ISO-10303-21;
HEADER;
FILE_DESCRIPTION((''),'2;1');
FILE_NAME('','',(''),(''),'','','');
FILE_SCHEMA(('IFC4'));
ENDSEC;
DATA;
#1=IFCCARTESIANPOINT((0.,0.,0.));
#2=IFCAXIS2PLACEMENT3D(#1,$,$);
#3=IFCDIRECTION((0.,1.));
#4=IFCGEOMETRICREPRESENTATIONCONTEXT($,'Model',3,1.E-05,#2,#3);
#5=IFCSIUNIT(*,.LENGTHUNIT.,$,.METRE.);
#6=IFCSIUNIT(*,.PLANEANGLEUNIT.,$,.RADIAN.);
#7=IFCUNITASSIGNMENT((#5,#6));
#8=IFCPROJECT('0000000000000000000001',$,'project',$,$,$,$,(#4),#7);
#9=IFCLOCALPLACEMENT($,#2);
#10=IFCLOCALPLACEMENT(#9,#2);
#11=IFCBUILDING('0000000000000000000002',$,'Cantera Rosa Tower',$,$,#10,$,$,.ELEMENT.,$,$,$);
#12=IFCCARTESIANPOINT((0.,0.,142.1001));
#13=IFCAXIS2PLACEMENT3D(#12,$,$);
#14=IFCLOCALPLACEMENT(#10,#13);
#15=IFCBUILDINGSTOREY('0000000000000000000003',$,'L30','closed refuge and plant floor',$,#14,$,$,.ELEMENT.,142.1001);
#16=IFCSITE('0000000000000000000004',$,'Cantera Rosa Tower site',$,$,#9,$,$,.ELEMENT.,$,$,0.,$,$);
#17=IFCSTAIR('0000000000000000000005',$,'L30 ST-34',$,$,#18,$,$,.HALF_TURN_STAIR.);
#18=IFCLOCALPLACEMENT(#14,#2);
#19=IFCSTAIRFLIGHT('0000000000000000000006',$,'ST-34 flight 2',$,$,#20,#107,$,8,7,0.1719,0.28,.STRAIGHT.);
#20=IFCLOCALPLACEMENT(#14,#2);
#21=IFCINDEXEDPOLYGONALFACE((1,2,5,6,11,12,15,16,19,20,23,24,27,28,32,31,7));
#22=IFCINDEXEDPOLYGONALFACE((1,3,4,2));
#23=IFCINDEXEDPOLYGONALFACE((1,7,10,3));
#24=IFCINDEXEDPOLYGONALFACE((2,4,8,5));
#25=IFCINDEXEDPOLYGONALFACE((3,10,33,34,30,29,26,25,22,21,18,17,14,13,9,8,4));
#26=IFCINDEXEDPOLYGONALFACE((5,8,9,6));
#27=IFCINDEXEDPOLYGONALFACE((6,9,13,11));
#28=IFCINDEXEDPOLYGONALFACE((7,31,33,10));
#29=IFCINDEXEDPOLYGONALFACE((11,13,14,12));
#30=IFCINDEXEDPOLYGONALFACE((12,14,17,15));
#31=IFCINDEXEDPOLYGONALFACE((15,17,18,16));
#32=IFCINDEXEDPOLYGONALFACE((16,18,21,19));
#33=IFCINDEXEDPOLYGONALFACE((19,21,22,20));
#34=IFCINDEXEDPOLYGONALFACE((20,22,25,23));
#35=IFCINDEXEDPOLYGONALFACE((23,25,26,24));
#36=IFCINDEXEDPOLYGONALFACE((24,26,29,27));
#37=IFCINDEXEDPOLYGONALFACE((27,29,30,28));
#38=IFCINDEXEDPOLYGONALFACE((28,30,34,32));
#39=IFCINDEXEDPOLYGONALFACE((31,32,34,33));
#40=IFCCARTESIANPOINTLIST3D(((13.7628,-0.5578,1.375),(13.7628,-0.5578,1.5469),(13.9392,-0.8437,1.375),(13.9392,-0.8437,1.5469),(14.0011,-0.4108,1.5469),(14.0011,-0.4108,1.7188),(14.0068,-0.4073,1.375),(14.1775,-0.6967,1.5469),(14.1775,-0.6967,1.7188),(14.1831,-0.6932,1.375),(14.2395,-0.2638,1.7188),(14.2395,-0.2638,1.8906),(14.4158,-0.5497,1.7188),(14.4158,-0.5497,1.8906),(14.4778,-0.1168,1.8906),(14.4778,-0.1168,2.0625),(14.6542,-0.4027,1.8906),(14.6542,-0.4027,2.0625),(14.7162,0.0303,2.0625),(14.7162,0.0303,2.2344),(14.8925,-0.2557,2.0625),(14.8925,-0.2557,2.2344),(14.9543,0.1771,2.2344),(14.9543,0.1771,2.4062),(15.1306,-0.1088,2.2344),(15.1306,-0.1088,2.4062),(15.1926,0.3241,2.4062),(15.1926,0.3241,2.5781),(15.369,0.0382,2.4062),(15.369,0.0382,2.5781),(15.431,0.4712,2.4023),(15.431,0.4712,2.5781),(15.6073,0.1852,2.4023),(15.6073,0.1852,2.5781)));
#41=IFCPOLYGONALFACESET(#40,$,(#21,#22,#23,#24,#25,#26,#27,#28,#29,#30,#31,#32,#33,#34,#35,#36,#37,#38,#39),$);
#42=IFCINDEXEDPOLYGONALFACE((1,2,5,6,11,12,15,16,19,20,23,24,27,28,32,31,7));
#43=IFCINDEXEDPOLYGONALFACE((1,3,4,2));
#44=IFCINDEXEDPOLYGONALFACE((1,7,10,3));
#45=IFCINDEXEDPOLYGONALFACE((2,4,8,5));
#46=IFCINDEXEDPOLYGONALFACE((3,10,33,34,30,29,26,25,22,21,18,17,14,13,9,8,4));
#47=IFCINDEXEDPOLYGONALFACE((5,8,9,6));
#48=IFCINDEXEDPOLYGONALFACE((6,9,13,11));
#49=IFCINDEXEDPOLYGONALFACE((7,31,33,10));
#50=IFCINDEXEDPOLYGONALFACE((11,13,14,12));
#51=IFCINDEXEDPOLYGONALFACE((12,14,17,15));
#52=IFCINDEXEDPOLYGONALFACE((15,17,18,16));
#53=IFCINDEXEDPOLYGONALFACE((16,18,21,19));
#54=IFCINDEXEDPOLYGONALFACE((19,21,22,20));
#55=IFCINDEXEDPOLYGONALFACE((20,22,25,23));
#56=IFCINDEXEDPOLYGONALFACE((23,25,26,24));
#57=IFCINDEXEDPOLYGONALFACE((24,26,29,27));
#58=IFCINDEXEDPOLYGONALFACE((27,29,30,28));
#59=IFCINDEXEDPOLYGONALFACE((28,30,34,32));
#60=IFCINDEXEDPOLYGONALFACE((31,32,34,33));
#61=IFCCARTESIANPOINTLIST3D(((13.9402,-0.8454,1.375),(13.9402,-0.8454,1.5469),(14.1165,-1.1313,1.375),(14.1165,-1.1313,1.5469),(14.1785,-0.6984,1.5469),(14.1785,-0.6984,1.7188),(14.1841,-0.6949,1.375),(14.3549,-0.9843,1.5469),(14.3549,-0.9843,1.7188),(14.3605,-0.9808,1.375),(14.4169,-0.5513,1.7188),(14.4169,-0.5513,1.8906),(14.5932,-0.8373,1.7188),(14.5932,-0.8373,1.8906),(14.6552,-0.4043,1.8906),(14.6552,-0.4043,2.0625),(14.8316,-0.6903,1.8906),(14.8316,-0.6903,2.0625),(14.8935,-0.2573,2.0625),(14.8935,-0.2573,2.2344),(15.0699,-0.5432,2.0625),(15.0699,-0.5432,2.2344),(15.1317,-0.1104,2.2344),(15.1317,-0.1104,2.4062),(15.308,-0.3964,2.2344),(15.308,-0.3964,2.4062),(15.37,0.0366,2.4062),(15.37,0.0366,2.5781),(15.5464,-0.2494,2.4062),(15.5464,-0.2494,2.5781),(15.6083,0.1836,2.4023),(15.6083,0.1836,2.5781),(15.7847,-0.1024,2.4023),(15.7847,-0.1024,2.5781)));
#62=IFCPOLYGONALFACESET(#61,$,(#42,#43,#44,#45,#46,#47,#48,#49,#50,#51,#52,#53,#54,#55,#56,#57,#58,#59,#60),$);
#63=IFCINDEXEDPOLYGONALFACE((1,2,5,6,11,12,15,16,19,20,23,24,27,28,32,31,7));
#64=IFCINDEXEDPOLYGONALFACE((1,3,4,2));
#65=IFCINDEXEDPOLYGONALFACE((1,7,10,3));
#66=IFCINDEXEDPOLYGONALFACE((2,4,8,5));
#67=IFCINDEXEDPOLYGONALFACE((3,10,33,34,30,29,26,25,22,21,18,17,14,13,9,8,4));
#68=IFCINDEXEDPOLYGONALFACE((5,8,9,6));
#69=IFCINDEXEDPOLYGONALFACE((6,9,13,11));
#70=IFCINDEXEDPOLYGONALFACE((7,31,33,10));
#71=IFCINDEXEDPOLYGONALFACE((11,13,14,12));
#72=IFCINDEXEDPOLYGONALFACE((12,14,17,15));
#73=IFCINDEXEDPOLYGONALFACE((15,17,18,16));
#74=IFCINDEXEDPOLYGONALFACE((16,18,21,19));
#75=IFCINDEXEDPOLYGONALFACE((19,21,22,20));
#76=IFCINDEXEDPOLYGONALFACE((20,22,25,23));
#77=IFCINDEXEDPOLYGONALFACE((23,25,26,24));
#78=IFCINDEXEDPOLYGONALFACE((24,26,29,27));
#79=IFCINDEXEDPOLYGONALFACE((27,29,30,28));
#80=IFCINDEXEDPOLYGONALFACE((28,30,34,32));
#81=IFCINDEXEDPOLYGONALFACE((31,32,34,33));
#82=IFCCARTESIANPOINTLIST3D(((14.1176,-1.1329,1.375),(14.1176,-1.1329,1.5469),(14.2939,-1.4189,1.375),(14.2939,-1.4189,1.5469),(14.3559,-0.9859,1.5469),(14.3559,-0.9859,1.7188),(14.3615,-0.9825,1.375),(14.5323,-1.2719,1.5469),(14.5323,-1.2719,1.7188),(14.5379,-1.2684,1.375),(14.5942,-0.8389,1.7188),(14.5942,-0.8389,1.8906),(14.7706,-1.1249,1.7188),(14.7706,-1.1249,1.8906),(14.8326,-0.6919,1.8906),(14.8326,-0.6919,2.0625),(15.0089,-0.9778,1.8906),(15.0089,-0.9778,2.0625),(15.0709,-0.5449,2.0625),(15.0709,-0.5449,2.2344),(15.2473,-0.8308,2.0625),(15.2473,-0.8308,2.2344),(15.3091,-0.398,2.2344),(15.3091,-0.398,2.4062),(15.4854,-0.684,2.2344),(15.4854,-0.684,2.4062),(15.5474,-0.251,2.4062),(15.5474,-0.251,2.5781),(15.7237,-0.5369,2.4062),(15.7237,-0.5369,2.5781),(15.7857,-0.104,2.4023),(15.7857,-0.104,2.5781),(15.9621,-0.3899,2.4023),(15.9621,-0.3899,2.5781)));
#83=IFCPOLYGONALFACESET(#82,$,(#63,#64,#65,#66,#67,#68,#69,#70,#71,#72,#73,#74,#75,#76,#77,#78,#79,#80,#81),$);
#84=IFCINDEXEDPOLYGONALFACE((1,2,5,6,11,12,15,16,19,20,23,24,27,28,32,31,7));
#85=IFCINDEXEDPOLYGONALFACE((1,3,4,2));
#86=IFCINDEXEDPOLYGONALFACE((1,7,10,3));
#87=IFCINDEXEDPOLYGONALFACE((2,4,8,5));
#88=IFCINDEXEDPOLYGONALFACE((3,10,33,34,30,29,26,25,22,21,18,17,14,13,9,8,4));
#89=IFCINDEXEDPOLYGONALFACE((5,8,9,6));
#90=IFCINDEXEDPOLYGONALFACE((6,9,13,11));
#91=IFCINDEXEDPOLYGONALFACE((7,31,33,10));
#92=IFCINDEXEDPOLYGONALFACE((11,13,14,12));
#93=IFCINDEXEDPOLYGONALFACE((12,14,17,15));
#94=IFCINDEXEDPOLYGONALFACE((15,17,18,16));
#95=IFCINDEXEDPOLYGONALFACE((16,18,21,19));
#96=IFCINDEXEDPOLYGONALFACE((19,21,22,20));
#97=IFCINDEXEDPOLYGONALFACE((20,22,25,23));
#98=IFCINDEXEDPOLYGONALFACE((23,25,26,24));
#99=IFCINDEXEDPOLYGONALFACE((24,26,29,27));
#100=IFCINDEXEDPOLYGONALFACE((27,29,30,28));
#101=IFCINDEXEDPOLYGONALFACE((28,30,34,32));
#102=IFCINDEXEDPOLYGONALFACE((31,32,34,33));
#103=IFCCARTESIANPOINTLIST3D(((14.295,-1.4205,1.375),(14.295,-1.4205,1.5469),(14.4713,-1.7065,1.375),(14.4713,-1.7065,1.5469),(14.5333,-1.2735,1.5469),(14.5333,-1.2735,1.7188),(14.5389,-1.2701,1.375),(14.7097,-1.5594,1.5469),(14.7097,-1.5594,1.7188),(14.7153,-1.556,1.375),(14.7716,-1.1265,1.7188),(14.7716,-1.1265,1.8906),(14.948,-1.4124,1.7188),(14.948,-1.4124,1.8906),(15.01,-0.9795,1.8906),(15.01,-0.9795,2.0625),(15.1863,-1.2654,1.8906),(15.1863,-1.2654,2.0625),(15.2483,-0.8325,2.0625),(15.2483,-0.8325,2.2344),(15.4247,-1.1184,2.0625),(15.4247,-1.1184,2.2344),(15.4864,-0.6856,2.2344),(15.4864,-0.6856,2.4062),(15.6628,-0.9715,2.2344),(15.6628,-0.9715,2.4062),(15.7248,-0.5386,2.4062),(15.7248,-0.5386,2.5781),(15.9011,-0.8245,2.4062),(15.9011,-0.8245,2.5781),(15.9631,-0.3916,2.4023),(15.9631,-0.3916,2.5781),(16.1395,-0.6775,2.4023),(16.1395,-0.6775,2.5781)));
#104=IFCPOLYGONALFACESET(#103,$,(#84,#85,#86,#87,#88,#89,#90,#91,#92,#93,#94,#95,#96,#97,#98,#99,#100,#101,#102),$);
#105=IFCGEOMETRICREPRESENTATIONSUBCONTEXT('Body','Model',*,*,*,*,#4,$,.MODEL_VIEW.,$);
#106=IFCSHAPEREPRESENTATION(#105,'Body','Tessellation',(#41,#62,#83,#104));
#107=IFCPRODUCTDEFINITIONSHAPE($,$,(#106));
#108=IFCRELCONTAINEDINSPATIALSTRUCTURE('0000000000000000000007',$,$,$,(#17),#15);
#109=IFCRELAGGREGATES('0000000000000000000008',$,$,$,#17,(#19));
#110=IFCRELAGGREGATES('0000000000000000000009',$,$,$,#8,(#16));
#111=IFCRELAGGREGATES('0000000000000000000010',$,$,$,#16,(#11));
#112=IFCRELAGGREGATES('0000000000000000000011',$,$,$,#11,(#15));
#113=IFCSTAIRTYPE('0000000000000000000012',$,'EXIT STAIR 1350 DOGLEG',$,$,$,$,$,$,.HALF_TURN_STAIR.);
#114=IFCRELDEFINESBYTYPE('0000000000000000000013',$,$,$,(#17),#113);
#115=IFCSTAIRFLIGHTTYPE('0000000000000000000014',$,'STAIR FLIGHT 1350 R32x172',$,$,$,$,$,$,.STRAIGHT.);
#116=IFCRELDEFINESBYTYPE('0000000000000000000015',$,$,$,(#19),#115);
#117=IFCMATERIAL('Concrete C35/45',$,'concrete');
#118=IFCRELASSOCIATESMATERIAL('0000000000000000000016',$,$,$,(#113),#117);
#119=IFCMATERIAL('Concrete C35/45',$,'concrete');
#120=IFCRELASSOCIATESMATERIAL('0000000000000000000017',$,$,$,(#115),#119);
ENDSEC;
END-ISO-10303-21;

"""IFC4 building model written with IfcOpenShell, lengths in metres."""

from ifc_helpers import new_model, si_unit, direction, frame, origin, place, context, subcontext, project, spatial, polyline, outline, extrude, material, type_object, element, aggregate, save


model = new_model("IFC4")

# Units and contexts
model_context = context("Model", 3, precision=1e-05, world=origin(), true_north=direction((0.0, 1.0)))
body_context = subcontext(model_context, "Body", "Model", "MODEL_VIEW")
ifc_project = project(units=[si_unit("LENGTHUNIT", "METRE"), si_unit("PLANEANGLEUNIT", "RADIAN")], contexts=[model_context])

# Site, building, storey
site_placement = place(None, origin())
site = spatial("IfcSite", under=ifc_project, at=site_placement, Name="Cantera Rosa Tower site", CompositionType="ELEMENT", RefElevation=0.0)
building_placement = place(site_placement, origin())
building = spatial("IfcBuilding", under=site, at=building_placement, Name="Cantera Rosa Tower", CompositionType="ELEMENT")
storey_placement = place(building_placement, frame((0.0, 0.0, 142.1001)))
storey = spatial("IfcBuildingStorey", under=building, at=storey_placement, Name="L30", Description="closed refuge and plant floor", CompositionType="ELEMENT", Elevation=142.1001)

# Stair, stair flight
ifc_material_1 = material(Name="Concrete C35/45", Category="concrete")
stair_type = type_object("IfcStairType", Name="EXIT STAIR 1350 DOGLEG", PredefinedType="HALF_TURN_STAIR", material=ifc_material_1)
stair_placement = place(storey_placement, origin())
stair = element("IfcStair", 1, at=stair_placement, inside=storey, type_object=stair_type, Name="L30 ST-34", PredefinedType="HALF_TURN_STAIR")
ifc_material_2 = material(Name="Concrete C35/45", Category="concrete")
stair_flight_type = type_object("IfcStairFlightType", Name="STAIR FLIGHT 1350 R32x172", PredefinedType="STRAIGHT", material=ifc_material_2)
stair_flight_placement = place(storey_placement, frame((14.1172, -1.1323, 1.375), z_axis=(0.0, 0.0, 1.0), x_axis=(0.851117, 0.524977, 0.0)))
stair_flight = element("IfcStairFlight", 2, at=stair_flight_placement, type_object=stair_flight_type, Name="ST-34 flight 2", NumberOfRisers=8, NumberOfTreads=7, PredefinedType="STRAIGHT", RiserHeight=0.1719, TreadLength=0.28, context=body_context, shape_type="SweptSolid", body=[
    extrude(outline(polyline([(0.0, 0.0), (0.0, 0.1719), (0.28, 0.1719), (0.28, 0.3438), (0.5601, 0.3438), (0.5601, 0.5156), (0.8401, 0.5156), (0.8401, 0.6875), (1.1201, 0.6875), (1.1201, 0.8594), (1.3999, 0.8594), (1.3999, 1.0312), (1.6799, 1.0312), (1.6799, 1.2031), (1.96, 1.2031), (1.96, 1.375), (1.96, 1.0273), (0.2866, 0.0), (0.0, 0.0)])), frame((0.0, 0.675, 0.0), z_axis=(0.0, -1.0, 0.0), x_axis=(1.0, 0.0, 0.0)), (0.0, 0.0, 1.0), 0.3359),
    extrude(outline(polyline([(0.0, 0.0), (0.0, 0.1719), (0.28, 0.1719), (0.28, 0.3438), (0.5601, 0.3438), (0.5601, 0.5156), (0.8401, 0.5156), (0.8401, 0.6875), (1.1201, 0.6875), (1.1201, 0.8594), (1.3999, 0.8594), (1.3999, 1.0312), (1.6799, 1.0312), (1.6799, 1.2031), (1.96, 1.2031), (1.96, 1.375), (1.96, 1.0273), (0.2866, 0.0), (0.0, 0.0)])), frame((0.0, 0.3372, 0.0), z_axis=(0.0, -1.0, 0.0), x_axis=(1.0, 0.0, 0.0)), (0.0, 0.0, 1.0), 0.3359),
    extrude(outline(polyline([(0.0, 0.0), (0.0, 0.1719), (0.28, 0.1719), (0.28, 0.3438), (0.5601, 0.3438), (0.5601, 0.5156), (0.8401, 0.5156), (0.8401, 0.6875), (1.1201, 0.6875), (1.1201, 0.8594), (1.3999, 0.8594), (1.3999, 1.0312), (1.6799, 1.0312), (1.6799, 1.2031), (1.96, 1.2031), (1.96, 1.375), (1.96, 1.0273), (0.2866, 0.0), (0.0, 0.0)])), frame((0.0, -0.0007, 0.0), z_axis=(0.0, -1.0, 0.0), x_axis=(1.0, 0.0, 0.0)), (0.0, 0.0, 1.0), 0.3359),
    extrude(outline(polyline([(0.0, 0.0), (0.0, 0.1719), (0.28, 0.1719), (0.28, 0.3438), (0.5601, 0.3438), (0.5601, 0.5156), (0.8401, 0.5156), (0.8401, 0.6875), (1.1201, 0.6875), (1.1201, 0.8594), (1.3999, 0.8594), (1.3999, 1.0312), (1.6799, 1.0312), (1.6799, 1.2031), (1.96, 1.2031), (1.96, 1.375), (1.96, 1.0273), (0.2866, 0.0), (0.0, 0.0)])), frame((0.0, -0.3386, 0.0), z_axis=(0.0, -1.0, 0.0), x_axis=(1.0, 0.0, 0.0)), (0.0, 0.0, 1.0), 0.3359),
])
aggregate(stair, [stair_flight])

save(model, "model.ifc")
